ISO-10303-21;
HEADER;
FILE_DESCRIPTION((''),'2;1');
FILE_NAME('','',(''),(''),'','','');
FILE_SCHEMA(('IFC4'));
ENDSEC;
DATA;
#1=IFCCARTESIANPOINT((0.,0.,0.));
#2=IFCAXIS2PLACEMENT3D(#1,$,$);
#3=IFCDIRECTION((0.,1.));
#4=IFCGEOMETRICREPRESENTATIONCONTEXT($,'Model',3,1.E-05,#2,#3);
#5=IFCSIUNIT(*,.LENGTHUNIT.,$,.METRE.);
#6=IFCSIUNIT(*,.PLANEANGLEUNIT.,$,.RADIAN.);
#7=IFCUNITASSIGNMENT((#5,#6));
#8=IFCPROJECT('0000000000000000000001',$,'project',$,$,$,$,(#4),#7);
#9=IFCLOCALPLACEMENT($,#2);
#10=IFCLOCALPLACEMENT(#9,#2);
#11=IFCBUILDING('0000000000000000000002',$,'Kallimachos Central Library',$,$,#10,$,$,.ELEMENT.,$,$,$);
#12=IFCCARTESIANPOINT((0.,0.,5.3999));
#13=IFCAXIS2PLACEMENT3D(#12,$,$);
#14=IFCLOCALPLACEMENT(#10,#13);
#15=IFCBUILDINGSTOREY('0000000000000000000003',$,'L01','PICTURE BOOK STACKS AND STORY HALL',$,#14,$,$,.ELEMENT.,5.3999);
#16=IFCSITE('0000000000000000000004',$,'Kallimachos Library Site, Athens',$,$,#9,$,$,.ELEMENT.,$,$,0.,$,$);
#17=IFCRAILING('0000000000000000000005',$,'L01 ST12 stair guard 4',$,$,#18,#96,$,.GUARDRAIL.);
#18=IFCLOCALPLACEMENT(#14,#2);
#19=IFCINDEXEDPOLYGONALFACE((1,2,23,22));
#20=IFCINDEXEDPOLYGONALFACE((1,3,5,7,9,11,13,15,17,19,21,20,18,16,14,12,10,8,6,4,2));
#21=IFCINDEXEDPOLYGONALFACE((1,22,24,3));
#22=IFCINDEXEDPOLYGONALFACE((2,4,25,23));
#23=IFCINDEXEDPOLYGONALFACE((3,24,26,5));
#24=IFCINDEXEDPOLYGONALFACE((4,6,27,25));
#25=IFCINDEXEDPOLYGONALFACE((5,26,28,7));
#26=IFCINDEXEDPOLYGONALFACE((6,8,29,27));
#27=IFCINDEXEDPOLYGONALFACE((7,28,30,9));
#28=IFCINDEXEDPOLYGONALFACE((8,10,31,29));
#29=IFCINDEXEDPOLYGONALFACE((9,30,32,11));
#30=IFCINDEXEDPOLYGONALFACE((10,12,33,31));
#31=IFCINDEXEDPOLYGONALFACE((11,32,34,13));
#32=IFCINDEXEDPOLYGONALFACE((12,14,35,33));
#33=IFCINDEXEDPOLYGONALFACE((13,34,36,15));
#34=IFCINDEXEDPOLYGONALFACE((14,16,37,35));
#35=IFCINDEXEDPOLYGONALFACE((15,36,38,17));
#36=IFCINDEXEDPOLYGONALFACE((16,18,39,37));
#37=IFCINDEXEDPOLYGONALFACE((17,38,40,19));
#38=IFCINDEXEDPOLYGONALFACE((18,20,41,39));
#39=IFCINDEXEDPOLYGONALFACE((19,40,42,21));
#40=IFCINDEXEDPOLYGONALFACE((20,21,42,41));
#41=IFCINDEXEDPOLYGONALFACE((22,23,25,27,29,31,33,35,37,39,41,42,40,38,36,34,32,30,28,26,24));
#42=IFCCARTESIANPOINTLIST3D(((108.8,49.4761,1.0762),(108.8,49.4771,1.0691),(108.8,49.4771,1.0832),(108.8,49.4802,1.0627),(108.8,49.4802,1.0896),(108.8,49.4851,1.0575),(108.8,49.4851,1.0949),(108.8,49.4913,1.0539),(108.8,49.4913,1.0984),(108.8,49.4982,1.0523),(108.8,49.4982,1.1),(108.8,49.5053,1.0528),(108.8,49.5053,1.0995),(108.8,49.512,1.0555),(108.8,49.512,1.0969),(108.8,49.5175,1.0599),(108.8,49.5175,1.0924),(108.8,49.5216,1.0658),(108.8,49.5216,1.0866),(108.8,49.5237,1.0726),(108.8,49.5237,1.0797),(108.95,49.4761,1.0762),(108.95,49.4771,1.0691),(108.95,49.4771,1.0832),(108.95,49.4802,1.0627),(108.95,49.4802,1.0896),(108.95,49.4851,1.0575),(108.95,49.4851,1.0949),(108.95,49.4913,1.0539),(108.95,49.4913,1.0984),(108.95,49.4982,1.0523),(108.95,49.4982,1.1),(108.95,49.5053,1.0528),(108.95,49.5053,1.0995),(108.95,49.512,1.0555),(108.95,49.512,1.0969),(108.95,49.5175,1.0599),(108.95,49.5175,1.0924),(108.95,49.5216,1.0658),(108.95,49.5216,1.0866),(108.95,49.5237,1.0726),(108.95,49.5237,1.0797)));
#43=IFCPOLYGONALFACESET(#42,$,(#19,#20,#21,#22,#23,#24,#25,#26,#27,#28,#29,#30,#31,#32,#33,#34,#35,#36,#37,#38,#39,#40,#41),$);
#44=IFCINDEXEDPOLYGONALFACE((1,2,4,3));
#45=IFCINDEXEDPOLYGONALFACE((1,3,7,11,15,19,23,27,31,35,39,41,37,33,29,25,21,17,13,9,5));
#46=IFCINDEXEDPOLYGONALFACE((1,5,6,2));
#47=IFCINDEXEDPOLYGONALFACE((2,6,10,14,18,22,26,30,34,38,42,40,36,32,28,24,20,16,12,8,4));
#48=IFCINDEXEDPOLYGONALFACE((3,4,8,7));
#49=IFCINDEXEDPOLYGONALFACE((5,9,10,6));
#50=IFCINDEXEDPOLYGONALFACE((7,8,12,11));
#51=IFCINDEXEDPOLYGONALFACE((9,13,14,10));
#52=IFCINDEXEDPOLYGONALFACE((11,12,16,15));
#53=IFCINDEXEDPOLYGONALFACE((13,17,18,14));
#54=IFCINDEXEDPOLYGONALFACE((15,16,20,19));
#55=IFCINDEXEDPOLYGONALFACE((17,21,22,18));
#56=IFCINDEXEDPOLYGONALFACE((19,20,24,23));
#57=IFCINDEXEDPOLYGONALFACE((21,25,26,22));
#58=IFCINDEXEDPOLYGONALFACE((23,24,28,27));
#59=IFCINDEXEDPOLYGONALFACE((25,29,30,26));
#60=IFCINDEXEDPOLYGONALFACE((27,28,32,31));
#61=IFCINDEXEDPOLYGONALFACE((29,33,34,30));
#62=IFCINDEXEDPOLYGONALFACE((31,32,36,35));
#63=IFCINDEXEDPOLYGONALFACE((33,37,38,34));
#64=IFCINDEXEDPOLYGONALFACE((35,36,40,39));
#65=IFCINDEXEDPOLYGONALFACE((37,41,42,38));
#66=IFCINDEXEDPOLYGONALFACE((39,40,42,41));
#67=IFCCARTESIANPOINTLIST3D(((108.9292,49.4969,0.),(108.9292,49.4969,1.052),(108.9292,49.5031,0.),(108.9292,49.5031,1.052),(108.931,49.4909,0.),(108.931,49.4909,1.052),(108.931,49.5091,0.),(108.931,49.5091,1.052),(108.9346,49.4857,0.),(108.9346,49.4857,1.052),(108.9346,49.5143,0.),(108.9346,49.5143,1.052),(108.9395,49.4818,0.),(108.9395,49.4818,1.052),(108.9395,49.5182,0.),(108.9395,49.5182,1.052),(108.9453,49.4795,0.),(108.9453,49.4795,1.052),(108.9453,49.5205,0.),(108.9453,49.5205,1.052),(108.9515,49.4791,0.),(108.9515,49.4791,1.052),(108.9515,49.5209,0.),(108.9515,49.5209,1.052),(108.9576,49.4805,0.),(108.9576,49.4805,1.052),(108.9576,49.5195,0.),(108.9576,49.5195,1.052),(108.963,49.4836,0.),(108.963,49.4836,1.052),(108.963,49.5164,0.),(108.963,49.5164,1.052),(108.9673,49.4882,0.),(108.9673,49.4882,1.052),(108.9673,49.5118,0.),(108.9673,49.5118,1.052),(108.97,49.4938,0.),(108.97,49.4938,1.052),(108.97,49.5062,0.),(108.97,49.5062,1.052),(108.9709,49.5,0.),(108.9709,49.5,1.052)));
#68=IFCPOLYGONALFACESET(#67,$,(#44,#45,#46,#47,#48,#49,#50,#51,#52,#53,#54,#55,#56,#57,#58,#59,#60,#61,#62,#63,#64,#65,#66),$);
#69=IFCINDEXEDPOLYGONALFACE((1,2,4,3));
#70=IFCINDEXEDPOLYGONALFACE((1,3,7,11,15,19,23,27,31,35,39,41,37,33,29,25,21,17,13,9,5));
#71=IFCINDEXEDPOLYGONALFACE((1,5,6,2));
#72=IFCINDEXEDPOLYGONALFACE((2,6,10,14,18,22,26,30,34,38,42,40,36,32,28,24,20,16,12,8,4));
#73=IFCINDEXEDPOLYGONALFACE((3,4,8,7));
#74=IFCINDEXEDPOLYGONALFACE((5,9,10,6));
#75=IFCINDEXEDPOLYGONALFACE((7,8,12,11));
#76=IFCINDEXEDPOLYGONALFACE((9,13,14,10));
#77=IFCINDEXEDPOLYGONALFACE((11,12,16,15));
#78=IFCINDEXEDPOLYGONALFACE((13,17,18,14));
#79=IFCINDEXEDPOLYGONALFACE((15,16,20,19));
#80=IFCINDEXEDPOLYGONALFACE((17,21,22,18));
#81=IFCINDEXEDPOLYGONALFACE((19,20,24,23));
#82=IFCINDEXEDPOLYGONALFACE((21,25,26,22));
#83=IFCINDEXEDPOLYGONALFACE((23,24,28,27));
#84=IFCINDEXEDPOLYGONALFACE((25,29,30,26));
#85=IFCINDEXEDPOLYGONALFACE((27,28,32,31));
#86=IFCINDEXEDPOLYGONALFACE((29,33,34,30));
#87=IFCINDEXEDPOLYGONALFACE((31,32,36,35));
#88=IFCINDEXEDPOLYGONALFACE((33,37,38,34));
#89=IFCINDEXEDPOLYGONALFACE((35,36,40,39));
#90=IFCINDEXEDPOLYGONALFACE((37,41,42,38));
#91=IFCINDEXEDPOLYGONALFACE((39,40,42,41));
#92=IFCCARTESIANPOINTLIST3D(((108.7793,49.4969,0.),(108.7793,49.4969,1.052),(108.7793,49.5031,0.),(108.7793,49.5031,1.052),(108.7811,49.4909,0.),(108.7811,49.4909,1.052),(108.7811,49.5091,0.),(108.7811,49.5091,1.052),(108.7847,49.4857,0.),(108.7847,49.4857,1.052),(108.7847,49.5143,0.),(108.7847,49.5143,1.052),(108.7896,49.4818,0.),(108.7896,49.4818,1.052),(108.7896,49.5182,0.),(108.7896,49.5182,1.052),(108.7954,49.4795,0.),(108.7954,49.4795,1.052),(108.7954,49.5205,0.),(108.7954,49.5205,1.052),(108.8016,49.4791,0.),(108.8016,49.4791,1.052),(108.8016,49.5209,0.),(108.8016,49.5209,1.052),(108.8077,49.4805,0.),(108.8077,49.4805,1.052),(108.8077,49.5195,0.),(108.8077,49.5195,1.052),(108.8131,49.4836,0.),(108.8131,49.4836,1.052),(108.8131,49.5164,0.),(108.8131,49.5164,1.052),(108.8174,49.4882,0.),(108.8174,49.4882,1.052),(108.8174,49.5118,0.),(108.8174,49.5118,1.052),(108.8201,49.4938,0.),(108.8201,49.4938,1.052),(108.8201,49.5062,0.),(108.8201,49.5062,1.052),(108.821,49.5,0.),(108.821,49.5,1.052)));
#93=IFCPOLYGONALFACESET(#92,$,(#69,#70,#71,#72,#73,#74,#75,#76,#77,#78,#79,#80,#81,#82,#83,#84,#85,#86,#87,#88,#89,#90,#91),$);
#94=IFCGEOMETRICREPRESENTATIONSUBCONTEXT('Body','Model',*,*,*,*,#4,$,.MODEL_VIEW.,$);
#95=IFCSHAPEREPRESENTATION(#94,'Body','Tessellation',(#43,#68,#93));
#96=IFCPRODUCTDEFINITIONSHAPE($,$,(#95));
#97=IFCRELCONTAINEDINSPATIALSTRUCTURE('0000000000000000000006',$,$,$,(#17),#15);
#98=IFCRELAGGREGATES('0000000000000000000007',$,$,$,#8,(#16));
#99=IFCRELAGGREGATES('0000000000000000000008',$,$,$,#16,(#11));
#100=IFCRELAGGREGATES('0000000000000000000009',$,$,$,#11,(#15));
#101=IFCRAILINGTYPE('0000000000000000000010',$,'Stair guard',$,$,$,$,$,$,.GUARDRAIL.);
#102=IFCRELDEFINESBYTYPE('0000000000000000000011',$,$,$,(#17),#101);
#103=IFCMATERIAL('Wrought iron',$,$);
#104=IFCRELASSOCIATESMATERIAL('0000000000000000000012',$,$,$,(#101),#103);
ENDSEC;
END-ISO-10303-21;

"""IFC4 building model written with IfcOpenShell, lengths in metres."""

from ifc_helpers import new_model, si_unit, direction, frame, origin, origin_2d, place, context, subcontext, project, spatial, circle, extrude, material, type_object, element, save


model = new_model("IFC4")

# Units and contexts
model_context = context("Model", 3, precision=1e-05, world=origin(), true_north=direction((0.0, 1.0)))
body_context = subcontext(model_context, "Body", "Model", "MODEL_VIEW")
ifc_project = project(units=[si_unit("LENGTHUNIT", "METRE"), si_unit("PLANEANGLEUNIT", "RADIAN")], contexts=[model_context])

# Site, building, storey
site_placement = place(None, origin())
site = spatial("IfcSite", under=ifc_project, at=site_placement, Name="Kallimachos Library Site, Athens", CompositionType="ELEMENT", RefElevation=0.0)
building_placement = place(site_placement, origin())
building = spatial("IfcBuilding", under=site, at=building_placement, Name="Kallimachos Central Library", CompositionType="ELEMENT")
storey_placement = place(building_placement, frame((0.0, 0.0, 5.3999)))
storey = spatial("IfcBuildingStorey", under=building, at=storey_placement, Name="L01", Description="PICTURE BOOK STACKS AND STORY HALL", CompositionType="ELEMENT", Elevation=5.3999)

# Railing
ifc_material_1 = material(Name="Wrought iron")
railing_type_1 = type_object("IfcRailingType", Name="Stair guard", PredefinedType="GUARDRAIL", material=ifc_material_1)
railing_1_placement = place(storey_placement, frame((108.95, 49.5, 0.0)))
element("IfcRailing", 1, at=railing_1_placement, inside=storey, type_object=railing_type_1, Name="L01 ST12 stair guard 4", PredefinedType="GUARDRAIL", context=body_context, shape_type="SweptSolid", body=[
    extrude(circle(Radius=0.0239, at=origin_2d()), frame((0.0, 0.0, 1.0762), z_axis=(-1.0, 0.0, 0.0), x_axis=(0.0, -1.0, 0.0)), (0.0, 0.0, 1.0), 0.1499),
    extrude(circle(Radius=0.021, at=origin_2d()), origin(), (0.0, 0.0, 1.0), 1.052),
    extrude(circle(Radius=0.021, at=origin_2d()), frame((-0.1499, 0.0, 0.0)), (0.0, 0.0, 1.0), 1.052),
])

save(model, "model.ifc")
